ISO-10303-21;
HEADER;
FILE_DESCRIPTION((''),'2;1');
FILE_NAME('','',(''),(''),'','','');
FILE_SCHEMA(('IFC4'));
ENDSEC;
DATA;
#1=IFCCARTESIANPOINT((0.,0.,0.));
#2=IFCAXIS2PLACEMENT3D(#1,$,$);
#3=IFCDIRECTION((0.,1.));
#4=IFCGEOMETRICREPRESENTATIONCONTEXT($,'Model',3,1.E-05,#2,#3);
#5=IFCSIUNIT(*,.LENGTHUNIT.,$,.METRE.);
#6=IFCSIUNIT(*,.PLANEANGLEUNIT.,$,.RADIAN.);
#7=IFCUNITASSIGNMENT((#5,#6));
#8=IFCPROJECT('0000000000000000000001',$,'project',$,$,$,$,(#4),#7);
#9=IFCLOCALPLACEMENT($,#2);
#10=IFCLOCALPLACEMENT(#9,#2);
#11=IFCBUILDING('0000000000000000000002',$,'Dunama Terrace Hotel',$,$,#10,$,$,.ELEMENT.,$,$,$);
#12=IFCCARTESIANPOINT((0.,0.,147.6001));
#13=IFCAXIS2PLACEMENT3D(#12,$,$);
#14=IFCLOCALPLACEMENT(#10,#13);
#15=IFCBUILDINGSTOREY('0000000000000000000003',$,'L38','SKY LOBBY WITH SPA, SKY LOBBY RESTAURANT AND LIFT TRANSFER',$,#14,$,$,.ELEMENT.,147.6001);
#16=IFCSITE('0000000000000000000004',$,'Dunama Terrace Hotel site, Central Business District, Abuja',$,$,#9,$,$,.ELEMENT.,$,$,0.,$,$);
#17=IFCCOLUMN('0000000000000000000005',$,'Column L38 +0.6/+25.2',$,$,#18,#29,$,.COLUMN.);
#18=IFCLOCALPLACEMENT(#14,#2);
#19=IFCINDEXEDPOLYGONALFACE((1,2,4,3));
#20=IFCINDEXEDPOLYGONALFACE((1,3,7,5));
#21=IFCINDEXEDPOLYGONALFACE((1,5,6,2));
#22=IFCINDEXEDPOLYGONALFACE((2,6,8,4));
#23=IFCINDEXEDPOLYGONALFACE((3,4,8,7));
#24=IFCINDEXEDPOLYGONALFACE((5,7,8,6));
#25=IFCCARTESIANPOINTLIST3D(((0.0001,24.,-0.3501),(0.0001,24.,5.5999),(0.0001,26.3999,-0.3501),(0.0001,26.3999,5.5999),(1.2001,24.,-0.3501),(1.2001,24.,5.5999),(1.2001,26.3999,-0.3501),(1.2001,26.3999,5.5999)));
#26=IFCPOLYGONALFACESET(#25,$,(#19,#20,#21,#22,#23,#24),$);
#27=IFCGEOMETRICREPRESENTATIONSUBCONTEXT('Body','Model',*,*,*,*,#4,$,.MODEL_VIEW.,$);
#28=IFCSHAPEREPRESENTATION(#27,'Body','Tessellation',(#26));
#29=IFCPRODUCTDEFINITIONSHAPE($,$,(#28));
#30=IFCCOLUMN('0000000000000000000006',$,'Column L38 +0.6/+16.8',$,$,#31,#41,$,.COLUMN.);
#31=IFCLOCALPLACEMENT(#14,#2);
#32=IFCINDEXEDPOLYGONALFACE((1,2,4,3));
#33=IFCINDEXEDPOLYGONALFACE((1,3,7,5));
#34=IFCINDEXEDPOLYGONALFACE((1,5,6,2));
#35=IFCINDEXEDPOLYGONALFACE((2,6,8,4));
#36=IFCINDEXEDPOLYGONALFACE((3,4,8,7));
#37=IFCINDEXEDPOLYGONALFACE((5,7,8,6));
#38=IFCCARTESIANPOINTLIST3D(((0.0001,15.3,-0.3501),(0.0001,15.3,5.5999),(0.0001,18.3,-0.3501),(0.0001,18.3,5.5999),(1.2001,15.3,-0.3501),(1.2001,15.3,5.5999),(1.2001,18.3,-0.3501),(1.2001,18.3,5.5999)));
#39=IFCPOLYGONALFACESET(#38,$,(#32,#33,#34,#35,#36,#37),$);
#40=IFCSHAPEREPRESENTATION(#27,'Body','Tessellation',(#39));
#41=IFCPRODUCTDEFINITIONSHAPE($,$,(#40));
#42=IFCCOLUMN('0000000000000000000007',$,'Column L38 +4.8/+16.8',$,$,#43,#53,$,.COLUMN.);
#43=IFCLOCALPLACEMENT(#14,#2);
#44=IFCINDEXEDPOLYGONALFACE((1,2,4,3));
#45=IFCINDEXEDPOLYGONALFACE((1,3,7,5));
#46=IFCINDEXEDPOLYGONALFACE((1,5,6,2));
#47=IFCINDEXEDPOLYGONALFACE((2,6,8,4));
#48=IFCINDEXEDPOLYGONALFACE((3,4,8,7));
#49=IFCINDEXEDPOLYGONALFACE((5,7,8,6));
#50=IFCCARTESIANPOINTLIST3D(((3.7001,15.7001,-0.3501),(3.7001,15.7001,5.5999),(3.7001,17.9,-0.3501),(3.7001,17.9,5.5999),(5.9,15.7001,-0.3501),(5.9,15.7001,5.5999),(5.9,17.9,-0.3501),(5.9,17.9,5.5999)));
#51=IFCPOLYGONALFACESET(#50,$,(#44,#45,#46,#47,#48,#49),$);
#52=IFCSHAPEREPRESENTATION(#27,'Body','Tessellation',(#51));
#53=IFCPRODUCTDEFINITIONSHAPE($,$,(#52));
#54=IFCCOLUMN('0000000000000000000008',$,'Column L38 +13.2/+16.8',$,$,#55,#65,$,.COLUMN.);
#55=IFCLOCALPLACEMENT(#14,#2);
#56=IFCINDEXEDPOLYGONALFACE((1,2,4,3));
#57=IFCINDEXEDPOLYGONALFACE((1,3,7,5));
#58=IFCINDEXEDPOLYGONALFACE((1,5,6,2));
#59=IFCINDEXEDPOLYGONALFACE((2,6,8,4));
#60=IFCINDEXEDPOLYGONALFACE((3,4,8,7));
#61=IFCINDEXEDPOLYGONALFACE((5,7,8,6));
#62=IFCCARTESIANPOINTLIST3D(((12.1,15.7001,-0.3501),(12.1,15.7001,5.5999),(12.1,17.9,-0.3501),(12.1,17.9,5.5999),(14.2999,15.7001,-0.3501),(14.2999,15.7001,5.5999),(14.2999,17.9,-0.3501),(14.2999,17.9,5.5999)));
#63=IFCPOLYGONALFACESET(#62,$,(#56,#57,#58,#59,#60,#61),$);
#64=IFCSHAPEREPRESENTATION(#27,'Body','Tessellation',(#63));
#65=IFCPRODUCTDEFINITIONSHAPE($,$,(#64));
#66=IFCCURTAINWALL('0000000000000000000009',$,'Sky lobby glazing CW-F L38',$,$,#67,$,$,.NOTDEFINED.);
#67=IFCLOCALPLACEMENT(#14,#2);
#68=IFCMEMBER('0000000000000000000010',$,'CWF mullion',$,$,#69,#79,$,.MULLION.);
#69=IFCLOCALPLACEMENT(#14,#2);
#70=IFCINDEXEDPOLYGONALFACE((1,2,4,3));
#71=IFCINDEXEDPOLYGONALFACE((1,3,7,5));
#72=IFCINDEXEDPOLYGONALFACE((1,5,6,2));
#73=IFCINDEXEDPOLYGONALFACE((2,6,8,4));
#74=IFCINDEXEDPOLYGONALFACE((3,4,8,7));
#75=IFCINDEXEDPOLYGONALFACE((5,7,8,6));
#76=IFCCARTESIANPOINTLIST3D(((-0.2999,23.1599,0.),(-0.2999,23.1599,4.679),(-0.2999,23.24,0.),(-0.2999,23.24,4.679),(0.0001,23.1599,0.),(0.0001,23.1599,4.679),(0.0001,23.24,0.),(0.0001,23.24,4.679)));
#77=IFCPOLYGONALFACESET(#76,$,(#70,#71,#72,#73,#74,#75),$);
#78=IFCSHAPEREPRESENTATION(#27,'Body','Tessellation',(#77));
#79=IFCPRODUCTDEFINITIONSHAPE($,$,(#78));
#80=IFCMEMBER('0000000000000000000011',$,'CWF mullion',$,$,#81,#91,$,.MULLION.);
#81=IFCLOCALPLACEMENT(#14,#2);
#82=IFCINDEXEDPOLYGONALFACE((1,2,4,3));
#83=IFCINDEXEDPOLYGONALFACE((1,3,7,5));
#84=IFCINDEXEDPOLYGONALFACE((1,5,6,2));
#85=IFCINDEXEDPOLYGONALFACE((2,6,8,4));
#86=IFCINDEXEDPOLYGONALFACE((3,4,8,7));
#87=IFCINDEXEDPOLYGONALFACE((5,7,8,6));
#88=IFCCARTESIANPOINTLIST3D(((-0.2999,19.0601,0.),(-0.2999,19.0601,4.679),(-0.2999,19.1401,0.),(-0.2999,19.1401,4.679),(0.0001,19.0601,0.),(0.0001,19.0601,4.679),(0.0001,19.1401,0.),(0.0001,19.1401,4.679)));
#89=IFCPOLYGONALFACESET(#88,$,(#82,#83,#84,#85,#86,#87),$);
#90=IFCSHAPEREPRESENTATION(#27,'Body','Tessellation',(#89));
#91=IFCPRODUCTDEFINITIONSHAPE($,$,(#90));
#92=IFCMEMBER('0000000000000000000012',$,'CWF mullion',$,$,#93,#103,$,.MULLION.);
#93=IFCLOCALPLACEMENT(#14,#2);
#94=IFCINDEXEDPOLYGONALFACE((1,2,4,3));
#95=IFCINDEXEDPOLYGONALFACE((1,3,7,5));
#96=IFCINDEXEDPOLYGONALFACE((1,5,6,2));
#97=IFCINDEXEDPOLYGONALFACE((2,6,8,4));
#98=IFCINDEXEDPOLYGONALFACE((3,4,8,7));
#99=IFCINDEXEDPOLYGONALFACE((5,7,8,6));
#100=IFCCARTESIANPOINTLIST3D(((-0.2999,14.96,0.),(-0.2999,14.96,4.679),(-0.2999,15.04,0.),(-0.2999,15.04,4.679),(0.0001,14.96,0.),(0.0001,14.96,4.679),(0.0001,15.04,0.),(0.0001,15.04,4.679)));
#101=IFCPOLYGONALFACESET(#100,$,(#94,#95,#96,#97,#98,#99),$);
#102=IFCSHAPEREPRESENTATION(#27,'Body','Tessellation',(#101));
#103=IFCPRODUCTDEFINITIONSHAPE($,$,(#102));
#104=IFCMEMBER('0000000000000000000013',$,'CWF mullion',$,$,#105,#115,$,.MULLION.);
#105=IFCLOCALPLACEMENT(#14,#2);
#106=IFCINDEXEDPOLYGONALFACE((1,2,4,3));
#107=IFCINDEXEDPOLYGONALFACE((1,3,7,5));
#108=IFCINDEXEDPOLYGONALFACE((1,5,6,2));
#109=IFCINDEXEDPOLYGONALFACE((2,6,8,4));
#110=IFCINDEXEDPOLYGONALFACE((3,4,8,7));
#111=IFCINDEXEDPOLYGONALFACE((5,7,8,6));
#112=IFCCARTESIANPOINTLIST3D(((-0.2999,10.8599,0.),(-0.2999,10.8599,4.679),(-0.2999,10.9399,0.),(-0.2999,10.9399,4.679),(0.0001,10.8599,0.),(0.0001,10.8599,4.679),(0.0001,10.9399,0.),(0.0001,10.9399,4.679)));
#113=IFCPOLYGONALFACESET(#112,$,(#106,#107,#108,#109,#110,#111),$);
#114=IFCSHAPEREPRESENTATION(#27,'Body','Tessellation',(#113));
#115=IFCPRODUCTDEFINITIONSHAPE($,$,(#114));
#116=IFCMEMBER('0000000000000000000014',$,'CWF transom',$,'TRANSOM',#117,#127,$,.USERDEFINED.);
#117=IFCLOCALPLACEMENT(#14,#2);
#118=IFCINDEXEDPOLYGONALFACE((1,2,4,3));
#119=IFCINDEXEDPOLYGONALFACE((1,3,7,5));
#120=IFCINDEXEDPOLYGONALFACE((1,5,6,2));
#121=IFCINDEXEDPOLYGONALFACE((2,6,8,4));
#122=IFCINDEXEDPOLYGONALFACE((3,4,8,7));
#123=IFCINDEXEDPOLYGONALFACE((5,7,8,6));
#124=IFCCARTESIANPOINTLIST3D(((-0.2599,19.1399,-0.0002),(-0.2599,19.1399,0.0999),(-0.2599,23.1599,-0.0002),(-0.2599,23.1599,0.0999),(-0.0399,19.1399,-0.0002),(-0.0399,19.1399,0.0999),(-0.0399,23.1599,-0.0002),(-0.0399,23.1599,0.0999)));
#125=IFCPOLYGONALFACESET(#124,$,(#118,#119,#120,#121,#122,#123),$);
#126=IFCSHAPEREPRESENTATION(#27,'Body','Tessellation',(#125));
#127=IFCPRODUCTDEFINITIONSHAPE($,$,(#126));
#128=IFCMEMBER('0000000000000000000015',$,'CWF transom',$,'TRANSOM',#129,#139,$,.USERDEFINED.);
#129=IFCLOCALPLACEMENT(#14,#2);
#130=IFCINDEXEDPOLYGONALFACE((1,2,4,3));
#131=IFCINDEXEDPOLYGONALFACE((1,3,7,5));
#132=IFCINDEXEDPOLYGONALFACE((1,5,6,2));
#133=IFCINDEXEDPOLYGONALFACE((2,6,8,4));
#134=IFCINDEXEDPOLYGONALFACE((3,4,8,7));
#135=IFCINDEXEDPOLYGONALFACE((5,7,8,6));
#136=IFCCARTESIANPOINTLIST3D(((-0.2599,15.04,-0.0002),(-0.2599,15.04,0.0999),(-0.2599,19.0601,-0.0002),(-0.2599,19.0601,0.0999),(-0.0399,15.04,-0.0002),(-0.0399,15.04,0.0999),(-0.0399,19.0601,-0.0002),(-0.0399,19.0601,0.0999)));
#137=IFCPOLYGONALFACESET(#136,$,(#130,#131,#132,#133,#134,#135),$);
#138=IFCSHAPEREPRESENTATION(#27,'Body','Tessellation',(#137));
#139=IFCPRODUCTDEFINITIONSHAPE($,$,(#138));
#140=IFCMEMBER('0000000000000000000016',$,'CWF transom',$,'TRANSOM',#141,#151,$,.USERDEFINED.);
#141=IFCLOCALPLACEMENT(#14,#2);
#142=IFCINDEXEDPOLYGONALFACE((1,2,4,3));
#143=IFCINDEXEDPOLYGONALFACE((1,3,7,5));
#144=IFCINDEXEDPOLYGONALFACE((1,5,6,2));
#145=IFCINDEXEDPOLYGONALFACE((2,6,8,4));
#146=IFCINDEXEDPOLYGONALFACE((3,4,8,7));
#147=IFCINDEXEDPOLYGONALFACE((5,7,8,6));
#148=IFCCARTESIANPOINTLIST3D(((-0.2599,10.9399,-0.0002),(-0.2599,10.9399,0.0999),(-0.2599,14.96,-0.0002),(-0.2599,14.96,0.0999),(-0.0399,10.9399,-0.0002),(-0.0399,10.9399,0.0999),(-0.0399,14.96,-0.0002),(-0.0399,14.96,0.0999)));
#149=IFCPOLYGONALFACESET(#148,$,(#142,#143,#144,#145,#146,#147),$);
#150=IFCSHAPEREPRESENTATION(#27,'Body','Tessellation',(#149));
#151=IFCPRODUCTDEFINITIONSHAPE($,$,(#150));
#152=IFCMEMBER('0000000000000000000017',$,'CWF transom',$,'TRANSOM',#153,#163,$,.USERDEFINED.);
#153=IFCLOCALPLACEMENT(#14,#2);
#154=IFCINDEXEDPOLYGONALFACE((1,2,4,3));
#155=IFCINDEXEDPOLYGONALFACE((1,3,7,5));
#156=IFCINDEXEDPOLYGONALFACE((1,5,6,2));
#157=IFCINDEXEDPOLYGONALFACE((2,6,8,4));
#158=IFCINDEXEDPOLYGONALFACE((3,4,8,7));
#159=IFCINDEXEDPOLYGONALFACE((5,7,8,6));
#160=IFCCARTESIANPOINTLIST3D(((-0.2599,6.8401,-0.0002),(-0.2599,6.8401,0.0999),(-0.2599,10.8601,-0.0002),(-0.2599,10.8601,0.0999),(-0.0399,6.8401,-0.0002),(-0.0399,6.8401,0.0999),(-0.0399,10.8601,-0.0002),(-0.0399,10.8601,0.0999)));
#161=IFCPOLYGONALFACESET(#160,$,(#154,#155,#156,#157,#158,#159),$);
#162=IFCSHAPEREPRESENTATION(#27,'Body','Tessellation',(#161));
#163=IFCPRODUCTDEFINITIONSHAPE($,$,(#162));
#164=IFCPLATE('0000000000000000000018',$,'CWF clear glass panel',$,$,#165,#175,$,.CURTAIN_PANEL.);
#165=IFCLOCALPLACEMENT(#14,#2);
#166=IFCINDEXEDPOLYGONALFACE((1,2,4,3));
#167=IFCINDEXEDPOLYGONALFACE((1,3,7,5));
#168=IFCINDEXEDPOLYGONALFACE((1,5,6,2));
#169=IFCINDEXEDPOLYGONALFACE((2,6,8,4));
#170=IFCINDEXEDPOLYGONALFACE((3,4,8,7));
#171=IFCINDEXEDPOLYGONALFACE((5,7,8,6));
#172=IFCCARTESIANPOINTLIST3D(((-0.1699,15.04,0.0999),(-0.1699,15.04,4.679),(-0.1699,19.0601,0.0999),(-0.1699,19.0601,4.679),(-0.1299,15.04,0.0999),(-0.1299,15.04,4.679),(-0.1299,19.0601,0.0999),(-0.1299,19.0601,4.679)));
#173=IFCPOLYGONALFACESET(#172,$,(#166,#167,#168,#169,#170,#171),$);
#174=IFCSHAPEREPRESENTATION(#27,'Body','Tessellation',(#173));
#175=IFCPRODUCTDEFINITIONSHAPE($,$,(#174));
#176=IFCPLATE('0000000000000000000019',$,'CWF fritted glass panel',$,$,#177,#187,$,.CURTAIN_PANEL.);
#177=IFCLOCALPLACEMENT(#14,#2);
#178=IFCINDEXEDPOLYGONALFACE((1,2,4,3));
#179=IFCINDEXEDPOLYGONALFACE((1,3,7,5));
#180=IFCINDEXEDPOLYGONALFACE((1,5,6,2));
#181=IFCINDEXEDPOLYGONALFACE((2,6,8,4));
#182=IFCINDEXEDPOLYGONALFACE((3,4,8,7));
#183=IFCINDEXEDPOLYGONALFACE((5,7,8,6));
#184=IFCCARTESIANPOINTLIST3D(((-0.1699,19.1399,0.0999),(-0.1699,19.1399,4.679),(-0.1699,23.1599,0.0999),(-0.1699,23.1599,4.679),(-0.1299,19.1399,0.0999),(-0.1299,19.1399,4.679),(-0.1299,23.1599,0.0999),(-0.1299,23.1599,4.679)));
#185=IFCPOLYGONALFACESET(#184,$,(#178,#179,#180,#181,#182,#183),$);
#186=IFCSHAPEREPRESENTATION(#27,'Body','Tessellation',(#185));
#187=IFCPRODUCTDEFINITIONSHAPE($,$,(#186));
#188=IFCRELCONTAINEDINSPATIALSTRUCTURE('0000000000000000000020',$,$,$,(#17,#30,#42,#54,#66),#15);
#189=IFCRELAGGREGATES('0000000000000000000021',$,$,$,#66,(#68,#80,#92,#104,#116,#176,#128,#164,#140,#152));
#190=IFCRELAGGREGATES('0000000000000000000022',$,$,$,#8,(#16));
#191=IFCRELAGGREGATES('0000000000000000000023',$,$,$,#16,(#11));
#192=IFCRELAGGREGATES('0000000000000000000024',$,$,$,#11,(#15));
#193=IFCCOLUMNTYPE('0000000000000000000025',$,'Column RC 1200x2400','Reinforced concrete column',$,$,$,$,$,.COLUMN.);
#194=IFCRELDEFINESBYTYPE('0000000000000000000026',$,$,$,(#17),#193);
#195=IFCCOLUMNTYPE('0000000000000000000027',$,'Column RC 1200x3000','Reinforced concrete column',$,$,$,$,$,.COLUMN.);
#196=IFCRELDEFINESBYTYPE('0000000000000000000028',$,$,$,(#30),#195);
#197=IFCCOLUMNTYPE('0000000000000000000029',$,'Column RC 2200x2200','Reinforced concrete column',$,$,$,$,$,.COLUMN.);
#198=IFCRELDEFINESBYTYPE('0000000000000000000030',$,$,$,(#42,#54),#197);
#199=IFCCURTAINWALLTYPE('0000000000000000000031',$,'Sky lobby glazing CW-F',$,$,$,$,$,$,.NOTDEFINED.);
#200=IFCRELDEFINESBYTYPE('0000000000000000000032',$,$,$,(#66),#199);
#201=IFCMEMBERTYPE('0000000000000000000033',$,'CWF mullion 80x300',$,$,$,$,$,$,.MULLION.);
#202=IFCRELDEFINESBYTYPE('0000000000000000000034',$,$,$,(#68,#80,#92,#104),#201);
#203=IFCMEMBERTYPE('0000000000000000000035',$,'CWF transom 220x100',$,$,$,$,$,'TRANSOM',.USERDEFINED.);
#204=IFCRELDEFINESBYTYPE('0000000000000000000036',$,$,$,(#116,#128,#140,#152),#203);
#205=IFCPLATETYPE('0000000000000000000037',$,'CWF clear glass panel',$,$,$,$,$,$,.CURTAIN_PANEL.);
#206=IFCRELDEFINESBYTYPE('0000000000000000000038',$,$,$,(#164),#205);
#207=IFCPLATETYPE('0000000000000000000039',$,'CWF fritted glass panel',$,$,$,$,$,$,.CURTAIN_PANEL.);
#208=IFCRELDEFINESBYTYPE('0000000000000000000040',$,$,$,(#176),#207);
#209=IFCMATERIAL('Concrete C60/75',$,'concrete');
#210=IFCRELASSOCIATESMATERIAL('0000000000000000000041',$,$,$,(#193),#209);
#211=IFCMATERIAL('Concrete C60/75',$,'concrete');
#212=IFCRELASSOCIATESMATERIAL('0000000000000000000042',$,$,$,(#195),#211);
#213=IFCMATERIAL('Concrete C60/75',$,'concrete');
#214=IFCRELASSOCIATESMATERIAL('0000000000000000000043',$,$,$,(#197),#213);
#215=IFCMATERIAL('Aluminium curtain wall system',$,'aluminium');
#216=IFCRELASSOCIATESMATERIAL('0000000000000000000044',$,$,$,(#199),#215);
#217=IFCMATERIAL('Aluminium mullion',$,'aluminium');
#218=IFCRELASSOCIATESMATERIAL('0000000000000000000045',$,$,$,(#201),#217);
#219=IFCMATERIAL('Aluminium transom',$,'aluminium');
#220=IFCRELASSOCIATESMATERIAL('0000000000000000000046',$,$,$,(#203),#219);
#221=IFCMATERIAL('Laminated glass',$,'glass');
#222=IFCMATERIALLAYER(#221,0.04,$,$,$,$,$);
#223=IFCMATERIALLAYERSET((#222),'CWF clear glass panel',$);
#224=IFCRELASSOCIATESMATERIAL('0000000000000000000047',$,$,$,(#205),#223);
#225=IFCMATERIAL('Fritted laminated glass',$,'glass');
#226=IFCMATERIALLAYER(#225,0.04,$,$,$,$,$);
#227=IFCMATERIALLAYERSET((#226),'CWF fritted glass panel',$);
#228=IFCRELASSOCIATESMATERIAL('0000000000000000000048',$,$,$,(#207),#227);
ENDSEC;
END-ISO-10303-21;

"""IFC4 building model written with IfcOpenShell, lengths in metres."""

from ifc_helpers import new_model, si_unit, direction, frame, origin, origin_2d, place, context, subcontext, project, spatial, rectangle, extrude, material, layer, layer_set, material_profile, profile_set, type_object, element, aggregate, save


model = new_model("IFC4")

# Units and contexts
model_context = context("Model", 3, precision=1e-05, world=origin(), true_north=direction((0.0, 1.0)))
body_context = subcontext(model_context, "Body", "Model", "MODEL_VIEW")
ifc_project = project(units=[si_unit("LENGTHUNIT", "METRE"), si_unit("PLANEANGLEUNIT", "RADIAN")], contexts=[model_context])

# Site, building, storey
site_placement = place(None, origin())
site = spatial("IfcSite", under=ifc_project, at=site_placement, Name="Dunama Terrace Hotel site, Central Business District, Abuja", CompositionType="ELEMENT", RefElevation=0.0)
building_placement = place(site_placement, origin())
building = spatial("IfcBuilding", under=site, at=building_placement, Name="Dunama Terrace Hotel", CompositionType="ELEMENT")
storey_placement = place(building_placement, frame((0.0, 0.0, 147.6001)))
storey = spatial("IfcBuildingStorey", under=building, at=storey_placement, Name="L38", Description="SKY LOBBY WITH SPA, SKY LOBBY RESTAURANT AND LIFT TRANSFER", CompositionType="ELEMENT", Elevation=147.6001)

# Columns
ifc_material_1 = material(Name="Concrete C60/75", Category="concrete")
ifc_material_profile_1 = material_profile(ifc_material_1, rectangle(XDim=1.2, YDim=2.3999, at=origin_2d()), Name="RC 1200x2400")
ifc_profile_set_1 = profile_set([ifc_material_profile_1], Name="Concrete C60/75")
column_type_1 = type_object("IfcColumnType", Name="Column RC 1200x2400", Description="Reinforced concrete column", PredefinedType="COLUMN", material=ifc_profile_set_1)
column_1_placement = place(storey_placement, frame((0.6001, 25.2, -0.3501), z_axis=(0.0, 0.0, 1.0), x_axis=(1.0, 0.0, 0.0)))
element("IfcColumn", 1, at=column_1_placement, inside=storey, type_object=column_type_1, Name="Column L38 +0.6/+25.2", PredefinedType="COLUMN", context=body_context, shape_type="SweptSolid", body=[
    extrude(rectangle(XDim=1.2, YDim=2.3999, at=origin_2d()), origin(), (0.0, 0.0, 1.0), 5.95),
])
ifc_material_2 = material(Name="Concrete C60/75", Category="concrete")
ifc_material_profile_2 = material_profile(ifc_material_2, rectangle(XDim=1.2, YDim=3.0, at=origin_2d()), Name="RC 1200x3000")
ifc_profile_set_2 = profile_set([ifc_material_profile_2], Name="Concrete C60/75")
column_type_2 = type_object("IfcColumnType", Name="Column RC 1200x3000", Description="Reinforced concrete column", PredefinedType="COLUMN", material=ifc_profile_set_2)
column_2_placement = place(storey_placement, frame((0.6001, 16.8, -0.3501), z_axis=(0.0, 0.0, 1.0), x_axis=(1.0, 0.0, 0.0)))
element("IfcColumn", 2, at=column_2_placement, inside=storey, type_object=column_type_2, Name="Column L38 +0.6/+16.8", PredefinedType="COLUMN", context=body_context, shape_type="SweptSolid", body=[
    extrude(rectangle(XDim=1.2, YDim=3.0, at=origin_2d()), origin(), (0.0, 0.0, 1.0), 5.95),
])
ifc_material_3 = material(Name="Concrete C60/75", Category="concrete")
ifc_material_profile_3 = material_profile(ifc_material_3, rectangle(XDim=2.2, YDim=2.2, at=origin_2d()), Name="RC 2200x2200")
ifc_profile_set_3 = profile_set([ifc_material_profile_3], Name="Concrete C60/75")
column_type_3 = type_object("IfcColumnType", Name="Column RC 2200x2200", Description="Reinforced concrete column", PredefinedType="COLUMN", material=ifc_profile_set_3)
for number, where, z_axis, x_axis, name in (
    (3, (4.8, 16.8, -0.3501), (0.0, 0.0, 1.0), (1.0, 0.0, 0.0), "Column L38 +4.8/+16.8"),
    (4, (13.2, 16.8, -0.3501), (0.0, 0.0, 1.0), (1.0, 0.0, 0.0), "Column L38 +13.2/+16.8"),
):
    element("IfcColumn", number, at=place(storey_placement, frame(where, z_axis=z_axis, x_axis=x_axis)), inside=storey, type_object=column_type_3, Name=name, PredefinedType="COLUMN", context=body_context, shape_type="SweptSolid", body=[
        extrude(rectangle(XDim=2.2, YDim=2.2, at=origin_2d()), origin(), (0.0, 0.0, 1.0), 5.95),
    ])

# Curtain wall, members, plates
ifc_material_4 = material(Name="Aluminium curtain wall system", Category="aluminium")
curtain_wall_type = type_object("IfcCurtainWallType", Name="Sky lobby glazing CW-F", PredefinedType="NOTDEFINED", material=ifc_material_4)
curtain_wall_placement = place(storey_placement, origin())
curtain_wall = element("IfcCurtainWall", 5, at=curtain_wall_placement, inside=storey, type_object=curtain_wall_type, Name="Sky lobby glazing CW-F L38", PredefinedType="NOTDEFINED")
ifc_material_5 = material(Name="Aluminium mullion", Category="aluminium")
ifc_material_profile_4 = material_profile(ifc_material_5, rectangle(XDim=0.0801, YDim=0.3, at=origin_2d()), Name="CWF MULLION 80X300")
ifc_profile_set_4 = profile_set([ifc_material_profile_4], Name="Aluminium mullion")
member_type_1 = type_object("IfcMemberType", Name="CWF mullion 80x300", PredefinedType="MULLION", material=ifc_profile_set_4)
member_1_placement = place(storey_placement, frame((-0.1499, 23.2, 0.0), z_axis=(0.0, 0.0, 1.0), x_axis=(0.0, -1.0, 0.0)))
member_1 = element("IfcMember", 6, at=member_1_placement, type_object=member_type_1, Name="CWF mullion", PredefinedType="MULLION", context=body_context, shape_type="SweptSolid", body=[
    extrude(rectangle(XDim=0.0801, YDim=0.3, at=origin_2d()), origin(), (0.0, 0.0, 1.0), 4.679),
])
member_2_placement = place(storey_placement, frame((-0.1499, 19.1001, 0.0), z_axis=(0.0, 0.0, 1.0), x_axis=(0.0, -1.0, 0.0)))
member_2 = element("IfcMember", 7, at=member_2_placement, type_object=member_type_1, Name="CWF mullion", PredefinedType="MULLION", context=body_context, shape_type="SweptSolid", body=[
    extrude(rectangle(XDim=0.0801, YDim=0.3, at=origin_2d()), origin(), (0.0, 0.0, 1.0), 4.679),
])
member_3_placement = place(storey_placement, frame((-0.1499, 15.0, 0.0), z_axis=(0.0, 0.0, 1.0), x_axis=(0.0, -1.0, 0.0)))
member_3 = element("IfcMember", 8, at=member_3_placement, type_object=member_type_1, Name="CWF mullion", PredefinedType="MULLION", context=body_context, shape_type="SweptSolid", body=[
    extrude(rectangle(XDim=0.0801, YDim=0.3, at=origin_2d()), origin(), (0.0, 0.0, 1.0), 4.679),
])
member_4_placement = place(storey_placement, frame((-0.1499, 10.8999, 0.0), z_axis=(0.0, 0.0, 1.0), x_axis=(0.0, -1.0, 0.0)))
member_4 = element("IfcMember", 9, at=member_4_placement, type_object=member_type_1, Name="CWF mullion", PredefinedType="MULLION", context=body_context, shape_type="SweptSolid", body=[
    extrude(rectangle(XDim=0.0801, YDim=0.3, at=origin_2d()), origin(), (0.0, 0.0, 1.0), 4.679),
])
ifc_material_6 = material(Name="Aluminium transom", Category="aluminium")
ifc_material_profile_5 = material_profile(ifc_material_6, rectangle(XDim=0.22, YDim=0.1001, at=origin_2d()), Name="CWF TRANSOM 220X100")
ifc_profile_set_5 = profile_set([ifc_material_profile_5], Name="Aluminium transom")
member_type_2 = type_object("IfcMemberType", Name="CWF transom 220x100", ElementType="TRANSOM", PredefinedType="USERDEFINED", material=ifc_profile_set_5)
member_5_placement = place(storey_placement, frame((-0.1499, 23.1599, 0.0498), z_axis=(0.0, -1.0, 0.0), x_axis=(1.0, 0.0, 0.0)))
member_5 = element("IfcMember", 10, at=member_5_placement, type_object=member_type_2, Name="CWF transom", ObjectType="TRANSOM", PredefinedType="USERDEFINED", context=body_context, shape_type="SweptSolid", body=[
    extrude(rectangle(XDim=0.22, YDim=0.1001, at=origin_2d()), origin(), (0.0, 0.0, 1.0), 4.02),
])
member_6_placement = place(storey_placement, frame((-0.1499, 19.0601, 0.0498), z_axis=(0.0, -1.0, 0.0), x_axis=(1.0, 0.0, 0.0)))
member_6 = element("IfcMember", 11, at=member_6_placement, type_object=member_type_2, Name="CWF transom", ObjectType="TRANSOM", PredefinedType="USERDEFINED", context=body_context, shape_type="SweptSolid", body=[
    extrude(rectangle(XDim=0.22, YDim=0.1001, at=origin_2d()), origin(), (0.0, 0.0, 1.0), 4.02),
])
member_7_placement = place(storey_placement, frame((-0.1499, 14.96, 0.0498), z_axis=(0.0, -1.0, 0.0), x_axis=(1.0, 0.0, 0.0)))
member_7 = element("IfcMember", 12, at=member_7_placement, type_object=member_type_2, Name="CWF transom", ObjectType="TRANSOM", PredefinedType="USERDEFINED", context=body_context, shape_type="SweptSolid", body=[
    extrude(rectangle(XDim=0.22, YDim=0.1001, at=origin_2d()), origin(), (0.0, 0.0, 1.0), 4.02),
])
member_8_placement = place(storey_placement, frame((-0.1499, 10.8601, 0.0498), z_axis=(0.0, -1.0, 0.0), x_axis=(1.0, 0.0, 0.0)))
member_8 = element("IfcMember", 13, at=member_8_placement, type_object=member_type_2, Name="CWF transom", ObjectType="TRANSOM", PredefinedType="USERDEFINED", context=body_context, shape_type="SweptSolid", body=[
    extrude(rectangle(XDim=0.22, YDim=0.1001, at=origin_2d()), origin(), (0.0, 0.0, 1.0), 4.02),
])
ifc_material_7 = material(Name="Laminated glass", Category="glass")
ifc_layer_1 = layer(ifc_material_7, 0.04)
ifc_layer_set_1 = layer_set([ifc_layer_1], Name="CWF clear glass panel")
plate_type_1 = type_object("IfcPlateType", Name="CWF clear glass panel", PredefinedType="CURTAIN_PANEL", material=ifc_layer_set_1)
plate_1_placement = place(storey_placement, frame((-0.1499, 17.05, 0.0999), z_axis=(0.0, 0.0, 1.0), x_axis=(0.0, -1.0, 0.0)))
plate_1 = element("IfcPlate", 14, at=plate_1_placement, type_object=plate_type_1, Name="CWF clear glass panel", PredefinedType="CURTAIN_PANEL", context=body_context, shape_type="SweptSolid", body=[
    extrude(rectangle(XDim=4.02, YDim=0.04, at=origin_2d()), origin(), (0.0, 0.0, 1.0), 4.5791),
])
ifc_material_8 = material(Name="Fritted laminated glass", Category="glass")
ifc_layer_2 = layer(ifc_material_8, 0.04)
ifc_layer_set_2 = layer_set([ifc_layer_2], Name="CWF fritted glass panel")
plate_type_2 = type_object("IfcPlateType", Name="CWF fritted glass panel", PredefinedType="CURTAIN_PANEL", material=ifc_layer_set_2)
plate_2_placement = place(storey_placement, frame((-0.1499, 21.1499, 0.0999), z_axis=(0.0, 0.0, 1.0), x_axis=(0.0, -1.0, 0.0)))
plate_2 = element("IfcPlate", 15, at=plate_2_placement, type_object=plate_type_2, Name="CWF fritted glass panel", PredefinedType="CURTAIN_PANEL", context=body_context, shape_type="SweptSolid", body=[
    extrude(rectangle(XDim=4.02, YDim=0.04, at=origin_2d()), origin(), (0.0, 0.0, 1.0), 4.5791),
])
aggregate(curtain_wall, [member_1, member_2, member_3, member_4, member_5, plate_2, member_6, plate_1, member_7, member_8])

save(model, "model.ifc")
